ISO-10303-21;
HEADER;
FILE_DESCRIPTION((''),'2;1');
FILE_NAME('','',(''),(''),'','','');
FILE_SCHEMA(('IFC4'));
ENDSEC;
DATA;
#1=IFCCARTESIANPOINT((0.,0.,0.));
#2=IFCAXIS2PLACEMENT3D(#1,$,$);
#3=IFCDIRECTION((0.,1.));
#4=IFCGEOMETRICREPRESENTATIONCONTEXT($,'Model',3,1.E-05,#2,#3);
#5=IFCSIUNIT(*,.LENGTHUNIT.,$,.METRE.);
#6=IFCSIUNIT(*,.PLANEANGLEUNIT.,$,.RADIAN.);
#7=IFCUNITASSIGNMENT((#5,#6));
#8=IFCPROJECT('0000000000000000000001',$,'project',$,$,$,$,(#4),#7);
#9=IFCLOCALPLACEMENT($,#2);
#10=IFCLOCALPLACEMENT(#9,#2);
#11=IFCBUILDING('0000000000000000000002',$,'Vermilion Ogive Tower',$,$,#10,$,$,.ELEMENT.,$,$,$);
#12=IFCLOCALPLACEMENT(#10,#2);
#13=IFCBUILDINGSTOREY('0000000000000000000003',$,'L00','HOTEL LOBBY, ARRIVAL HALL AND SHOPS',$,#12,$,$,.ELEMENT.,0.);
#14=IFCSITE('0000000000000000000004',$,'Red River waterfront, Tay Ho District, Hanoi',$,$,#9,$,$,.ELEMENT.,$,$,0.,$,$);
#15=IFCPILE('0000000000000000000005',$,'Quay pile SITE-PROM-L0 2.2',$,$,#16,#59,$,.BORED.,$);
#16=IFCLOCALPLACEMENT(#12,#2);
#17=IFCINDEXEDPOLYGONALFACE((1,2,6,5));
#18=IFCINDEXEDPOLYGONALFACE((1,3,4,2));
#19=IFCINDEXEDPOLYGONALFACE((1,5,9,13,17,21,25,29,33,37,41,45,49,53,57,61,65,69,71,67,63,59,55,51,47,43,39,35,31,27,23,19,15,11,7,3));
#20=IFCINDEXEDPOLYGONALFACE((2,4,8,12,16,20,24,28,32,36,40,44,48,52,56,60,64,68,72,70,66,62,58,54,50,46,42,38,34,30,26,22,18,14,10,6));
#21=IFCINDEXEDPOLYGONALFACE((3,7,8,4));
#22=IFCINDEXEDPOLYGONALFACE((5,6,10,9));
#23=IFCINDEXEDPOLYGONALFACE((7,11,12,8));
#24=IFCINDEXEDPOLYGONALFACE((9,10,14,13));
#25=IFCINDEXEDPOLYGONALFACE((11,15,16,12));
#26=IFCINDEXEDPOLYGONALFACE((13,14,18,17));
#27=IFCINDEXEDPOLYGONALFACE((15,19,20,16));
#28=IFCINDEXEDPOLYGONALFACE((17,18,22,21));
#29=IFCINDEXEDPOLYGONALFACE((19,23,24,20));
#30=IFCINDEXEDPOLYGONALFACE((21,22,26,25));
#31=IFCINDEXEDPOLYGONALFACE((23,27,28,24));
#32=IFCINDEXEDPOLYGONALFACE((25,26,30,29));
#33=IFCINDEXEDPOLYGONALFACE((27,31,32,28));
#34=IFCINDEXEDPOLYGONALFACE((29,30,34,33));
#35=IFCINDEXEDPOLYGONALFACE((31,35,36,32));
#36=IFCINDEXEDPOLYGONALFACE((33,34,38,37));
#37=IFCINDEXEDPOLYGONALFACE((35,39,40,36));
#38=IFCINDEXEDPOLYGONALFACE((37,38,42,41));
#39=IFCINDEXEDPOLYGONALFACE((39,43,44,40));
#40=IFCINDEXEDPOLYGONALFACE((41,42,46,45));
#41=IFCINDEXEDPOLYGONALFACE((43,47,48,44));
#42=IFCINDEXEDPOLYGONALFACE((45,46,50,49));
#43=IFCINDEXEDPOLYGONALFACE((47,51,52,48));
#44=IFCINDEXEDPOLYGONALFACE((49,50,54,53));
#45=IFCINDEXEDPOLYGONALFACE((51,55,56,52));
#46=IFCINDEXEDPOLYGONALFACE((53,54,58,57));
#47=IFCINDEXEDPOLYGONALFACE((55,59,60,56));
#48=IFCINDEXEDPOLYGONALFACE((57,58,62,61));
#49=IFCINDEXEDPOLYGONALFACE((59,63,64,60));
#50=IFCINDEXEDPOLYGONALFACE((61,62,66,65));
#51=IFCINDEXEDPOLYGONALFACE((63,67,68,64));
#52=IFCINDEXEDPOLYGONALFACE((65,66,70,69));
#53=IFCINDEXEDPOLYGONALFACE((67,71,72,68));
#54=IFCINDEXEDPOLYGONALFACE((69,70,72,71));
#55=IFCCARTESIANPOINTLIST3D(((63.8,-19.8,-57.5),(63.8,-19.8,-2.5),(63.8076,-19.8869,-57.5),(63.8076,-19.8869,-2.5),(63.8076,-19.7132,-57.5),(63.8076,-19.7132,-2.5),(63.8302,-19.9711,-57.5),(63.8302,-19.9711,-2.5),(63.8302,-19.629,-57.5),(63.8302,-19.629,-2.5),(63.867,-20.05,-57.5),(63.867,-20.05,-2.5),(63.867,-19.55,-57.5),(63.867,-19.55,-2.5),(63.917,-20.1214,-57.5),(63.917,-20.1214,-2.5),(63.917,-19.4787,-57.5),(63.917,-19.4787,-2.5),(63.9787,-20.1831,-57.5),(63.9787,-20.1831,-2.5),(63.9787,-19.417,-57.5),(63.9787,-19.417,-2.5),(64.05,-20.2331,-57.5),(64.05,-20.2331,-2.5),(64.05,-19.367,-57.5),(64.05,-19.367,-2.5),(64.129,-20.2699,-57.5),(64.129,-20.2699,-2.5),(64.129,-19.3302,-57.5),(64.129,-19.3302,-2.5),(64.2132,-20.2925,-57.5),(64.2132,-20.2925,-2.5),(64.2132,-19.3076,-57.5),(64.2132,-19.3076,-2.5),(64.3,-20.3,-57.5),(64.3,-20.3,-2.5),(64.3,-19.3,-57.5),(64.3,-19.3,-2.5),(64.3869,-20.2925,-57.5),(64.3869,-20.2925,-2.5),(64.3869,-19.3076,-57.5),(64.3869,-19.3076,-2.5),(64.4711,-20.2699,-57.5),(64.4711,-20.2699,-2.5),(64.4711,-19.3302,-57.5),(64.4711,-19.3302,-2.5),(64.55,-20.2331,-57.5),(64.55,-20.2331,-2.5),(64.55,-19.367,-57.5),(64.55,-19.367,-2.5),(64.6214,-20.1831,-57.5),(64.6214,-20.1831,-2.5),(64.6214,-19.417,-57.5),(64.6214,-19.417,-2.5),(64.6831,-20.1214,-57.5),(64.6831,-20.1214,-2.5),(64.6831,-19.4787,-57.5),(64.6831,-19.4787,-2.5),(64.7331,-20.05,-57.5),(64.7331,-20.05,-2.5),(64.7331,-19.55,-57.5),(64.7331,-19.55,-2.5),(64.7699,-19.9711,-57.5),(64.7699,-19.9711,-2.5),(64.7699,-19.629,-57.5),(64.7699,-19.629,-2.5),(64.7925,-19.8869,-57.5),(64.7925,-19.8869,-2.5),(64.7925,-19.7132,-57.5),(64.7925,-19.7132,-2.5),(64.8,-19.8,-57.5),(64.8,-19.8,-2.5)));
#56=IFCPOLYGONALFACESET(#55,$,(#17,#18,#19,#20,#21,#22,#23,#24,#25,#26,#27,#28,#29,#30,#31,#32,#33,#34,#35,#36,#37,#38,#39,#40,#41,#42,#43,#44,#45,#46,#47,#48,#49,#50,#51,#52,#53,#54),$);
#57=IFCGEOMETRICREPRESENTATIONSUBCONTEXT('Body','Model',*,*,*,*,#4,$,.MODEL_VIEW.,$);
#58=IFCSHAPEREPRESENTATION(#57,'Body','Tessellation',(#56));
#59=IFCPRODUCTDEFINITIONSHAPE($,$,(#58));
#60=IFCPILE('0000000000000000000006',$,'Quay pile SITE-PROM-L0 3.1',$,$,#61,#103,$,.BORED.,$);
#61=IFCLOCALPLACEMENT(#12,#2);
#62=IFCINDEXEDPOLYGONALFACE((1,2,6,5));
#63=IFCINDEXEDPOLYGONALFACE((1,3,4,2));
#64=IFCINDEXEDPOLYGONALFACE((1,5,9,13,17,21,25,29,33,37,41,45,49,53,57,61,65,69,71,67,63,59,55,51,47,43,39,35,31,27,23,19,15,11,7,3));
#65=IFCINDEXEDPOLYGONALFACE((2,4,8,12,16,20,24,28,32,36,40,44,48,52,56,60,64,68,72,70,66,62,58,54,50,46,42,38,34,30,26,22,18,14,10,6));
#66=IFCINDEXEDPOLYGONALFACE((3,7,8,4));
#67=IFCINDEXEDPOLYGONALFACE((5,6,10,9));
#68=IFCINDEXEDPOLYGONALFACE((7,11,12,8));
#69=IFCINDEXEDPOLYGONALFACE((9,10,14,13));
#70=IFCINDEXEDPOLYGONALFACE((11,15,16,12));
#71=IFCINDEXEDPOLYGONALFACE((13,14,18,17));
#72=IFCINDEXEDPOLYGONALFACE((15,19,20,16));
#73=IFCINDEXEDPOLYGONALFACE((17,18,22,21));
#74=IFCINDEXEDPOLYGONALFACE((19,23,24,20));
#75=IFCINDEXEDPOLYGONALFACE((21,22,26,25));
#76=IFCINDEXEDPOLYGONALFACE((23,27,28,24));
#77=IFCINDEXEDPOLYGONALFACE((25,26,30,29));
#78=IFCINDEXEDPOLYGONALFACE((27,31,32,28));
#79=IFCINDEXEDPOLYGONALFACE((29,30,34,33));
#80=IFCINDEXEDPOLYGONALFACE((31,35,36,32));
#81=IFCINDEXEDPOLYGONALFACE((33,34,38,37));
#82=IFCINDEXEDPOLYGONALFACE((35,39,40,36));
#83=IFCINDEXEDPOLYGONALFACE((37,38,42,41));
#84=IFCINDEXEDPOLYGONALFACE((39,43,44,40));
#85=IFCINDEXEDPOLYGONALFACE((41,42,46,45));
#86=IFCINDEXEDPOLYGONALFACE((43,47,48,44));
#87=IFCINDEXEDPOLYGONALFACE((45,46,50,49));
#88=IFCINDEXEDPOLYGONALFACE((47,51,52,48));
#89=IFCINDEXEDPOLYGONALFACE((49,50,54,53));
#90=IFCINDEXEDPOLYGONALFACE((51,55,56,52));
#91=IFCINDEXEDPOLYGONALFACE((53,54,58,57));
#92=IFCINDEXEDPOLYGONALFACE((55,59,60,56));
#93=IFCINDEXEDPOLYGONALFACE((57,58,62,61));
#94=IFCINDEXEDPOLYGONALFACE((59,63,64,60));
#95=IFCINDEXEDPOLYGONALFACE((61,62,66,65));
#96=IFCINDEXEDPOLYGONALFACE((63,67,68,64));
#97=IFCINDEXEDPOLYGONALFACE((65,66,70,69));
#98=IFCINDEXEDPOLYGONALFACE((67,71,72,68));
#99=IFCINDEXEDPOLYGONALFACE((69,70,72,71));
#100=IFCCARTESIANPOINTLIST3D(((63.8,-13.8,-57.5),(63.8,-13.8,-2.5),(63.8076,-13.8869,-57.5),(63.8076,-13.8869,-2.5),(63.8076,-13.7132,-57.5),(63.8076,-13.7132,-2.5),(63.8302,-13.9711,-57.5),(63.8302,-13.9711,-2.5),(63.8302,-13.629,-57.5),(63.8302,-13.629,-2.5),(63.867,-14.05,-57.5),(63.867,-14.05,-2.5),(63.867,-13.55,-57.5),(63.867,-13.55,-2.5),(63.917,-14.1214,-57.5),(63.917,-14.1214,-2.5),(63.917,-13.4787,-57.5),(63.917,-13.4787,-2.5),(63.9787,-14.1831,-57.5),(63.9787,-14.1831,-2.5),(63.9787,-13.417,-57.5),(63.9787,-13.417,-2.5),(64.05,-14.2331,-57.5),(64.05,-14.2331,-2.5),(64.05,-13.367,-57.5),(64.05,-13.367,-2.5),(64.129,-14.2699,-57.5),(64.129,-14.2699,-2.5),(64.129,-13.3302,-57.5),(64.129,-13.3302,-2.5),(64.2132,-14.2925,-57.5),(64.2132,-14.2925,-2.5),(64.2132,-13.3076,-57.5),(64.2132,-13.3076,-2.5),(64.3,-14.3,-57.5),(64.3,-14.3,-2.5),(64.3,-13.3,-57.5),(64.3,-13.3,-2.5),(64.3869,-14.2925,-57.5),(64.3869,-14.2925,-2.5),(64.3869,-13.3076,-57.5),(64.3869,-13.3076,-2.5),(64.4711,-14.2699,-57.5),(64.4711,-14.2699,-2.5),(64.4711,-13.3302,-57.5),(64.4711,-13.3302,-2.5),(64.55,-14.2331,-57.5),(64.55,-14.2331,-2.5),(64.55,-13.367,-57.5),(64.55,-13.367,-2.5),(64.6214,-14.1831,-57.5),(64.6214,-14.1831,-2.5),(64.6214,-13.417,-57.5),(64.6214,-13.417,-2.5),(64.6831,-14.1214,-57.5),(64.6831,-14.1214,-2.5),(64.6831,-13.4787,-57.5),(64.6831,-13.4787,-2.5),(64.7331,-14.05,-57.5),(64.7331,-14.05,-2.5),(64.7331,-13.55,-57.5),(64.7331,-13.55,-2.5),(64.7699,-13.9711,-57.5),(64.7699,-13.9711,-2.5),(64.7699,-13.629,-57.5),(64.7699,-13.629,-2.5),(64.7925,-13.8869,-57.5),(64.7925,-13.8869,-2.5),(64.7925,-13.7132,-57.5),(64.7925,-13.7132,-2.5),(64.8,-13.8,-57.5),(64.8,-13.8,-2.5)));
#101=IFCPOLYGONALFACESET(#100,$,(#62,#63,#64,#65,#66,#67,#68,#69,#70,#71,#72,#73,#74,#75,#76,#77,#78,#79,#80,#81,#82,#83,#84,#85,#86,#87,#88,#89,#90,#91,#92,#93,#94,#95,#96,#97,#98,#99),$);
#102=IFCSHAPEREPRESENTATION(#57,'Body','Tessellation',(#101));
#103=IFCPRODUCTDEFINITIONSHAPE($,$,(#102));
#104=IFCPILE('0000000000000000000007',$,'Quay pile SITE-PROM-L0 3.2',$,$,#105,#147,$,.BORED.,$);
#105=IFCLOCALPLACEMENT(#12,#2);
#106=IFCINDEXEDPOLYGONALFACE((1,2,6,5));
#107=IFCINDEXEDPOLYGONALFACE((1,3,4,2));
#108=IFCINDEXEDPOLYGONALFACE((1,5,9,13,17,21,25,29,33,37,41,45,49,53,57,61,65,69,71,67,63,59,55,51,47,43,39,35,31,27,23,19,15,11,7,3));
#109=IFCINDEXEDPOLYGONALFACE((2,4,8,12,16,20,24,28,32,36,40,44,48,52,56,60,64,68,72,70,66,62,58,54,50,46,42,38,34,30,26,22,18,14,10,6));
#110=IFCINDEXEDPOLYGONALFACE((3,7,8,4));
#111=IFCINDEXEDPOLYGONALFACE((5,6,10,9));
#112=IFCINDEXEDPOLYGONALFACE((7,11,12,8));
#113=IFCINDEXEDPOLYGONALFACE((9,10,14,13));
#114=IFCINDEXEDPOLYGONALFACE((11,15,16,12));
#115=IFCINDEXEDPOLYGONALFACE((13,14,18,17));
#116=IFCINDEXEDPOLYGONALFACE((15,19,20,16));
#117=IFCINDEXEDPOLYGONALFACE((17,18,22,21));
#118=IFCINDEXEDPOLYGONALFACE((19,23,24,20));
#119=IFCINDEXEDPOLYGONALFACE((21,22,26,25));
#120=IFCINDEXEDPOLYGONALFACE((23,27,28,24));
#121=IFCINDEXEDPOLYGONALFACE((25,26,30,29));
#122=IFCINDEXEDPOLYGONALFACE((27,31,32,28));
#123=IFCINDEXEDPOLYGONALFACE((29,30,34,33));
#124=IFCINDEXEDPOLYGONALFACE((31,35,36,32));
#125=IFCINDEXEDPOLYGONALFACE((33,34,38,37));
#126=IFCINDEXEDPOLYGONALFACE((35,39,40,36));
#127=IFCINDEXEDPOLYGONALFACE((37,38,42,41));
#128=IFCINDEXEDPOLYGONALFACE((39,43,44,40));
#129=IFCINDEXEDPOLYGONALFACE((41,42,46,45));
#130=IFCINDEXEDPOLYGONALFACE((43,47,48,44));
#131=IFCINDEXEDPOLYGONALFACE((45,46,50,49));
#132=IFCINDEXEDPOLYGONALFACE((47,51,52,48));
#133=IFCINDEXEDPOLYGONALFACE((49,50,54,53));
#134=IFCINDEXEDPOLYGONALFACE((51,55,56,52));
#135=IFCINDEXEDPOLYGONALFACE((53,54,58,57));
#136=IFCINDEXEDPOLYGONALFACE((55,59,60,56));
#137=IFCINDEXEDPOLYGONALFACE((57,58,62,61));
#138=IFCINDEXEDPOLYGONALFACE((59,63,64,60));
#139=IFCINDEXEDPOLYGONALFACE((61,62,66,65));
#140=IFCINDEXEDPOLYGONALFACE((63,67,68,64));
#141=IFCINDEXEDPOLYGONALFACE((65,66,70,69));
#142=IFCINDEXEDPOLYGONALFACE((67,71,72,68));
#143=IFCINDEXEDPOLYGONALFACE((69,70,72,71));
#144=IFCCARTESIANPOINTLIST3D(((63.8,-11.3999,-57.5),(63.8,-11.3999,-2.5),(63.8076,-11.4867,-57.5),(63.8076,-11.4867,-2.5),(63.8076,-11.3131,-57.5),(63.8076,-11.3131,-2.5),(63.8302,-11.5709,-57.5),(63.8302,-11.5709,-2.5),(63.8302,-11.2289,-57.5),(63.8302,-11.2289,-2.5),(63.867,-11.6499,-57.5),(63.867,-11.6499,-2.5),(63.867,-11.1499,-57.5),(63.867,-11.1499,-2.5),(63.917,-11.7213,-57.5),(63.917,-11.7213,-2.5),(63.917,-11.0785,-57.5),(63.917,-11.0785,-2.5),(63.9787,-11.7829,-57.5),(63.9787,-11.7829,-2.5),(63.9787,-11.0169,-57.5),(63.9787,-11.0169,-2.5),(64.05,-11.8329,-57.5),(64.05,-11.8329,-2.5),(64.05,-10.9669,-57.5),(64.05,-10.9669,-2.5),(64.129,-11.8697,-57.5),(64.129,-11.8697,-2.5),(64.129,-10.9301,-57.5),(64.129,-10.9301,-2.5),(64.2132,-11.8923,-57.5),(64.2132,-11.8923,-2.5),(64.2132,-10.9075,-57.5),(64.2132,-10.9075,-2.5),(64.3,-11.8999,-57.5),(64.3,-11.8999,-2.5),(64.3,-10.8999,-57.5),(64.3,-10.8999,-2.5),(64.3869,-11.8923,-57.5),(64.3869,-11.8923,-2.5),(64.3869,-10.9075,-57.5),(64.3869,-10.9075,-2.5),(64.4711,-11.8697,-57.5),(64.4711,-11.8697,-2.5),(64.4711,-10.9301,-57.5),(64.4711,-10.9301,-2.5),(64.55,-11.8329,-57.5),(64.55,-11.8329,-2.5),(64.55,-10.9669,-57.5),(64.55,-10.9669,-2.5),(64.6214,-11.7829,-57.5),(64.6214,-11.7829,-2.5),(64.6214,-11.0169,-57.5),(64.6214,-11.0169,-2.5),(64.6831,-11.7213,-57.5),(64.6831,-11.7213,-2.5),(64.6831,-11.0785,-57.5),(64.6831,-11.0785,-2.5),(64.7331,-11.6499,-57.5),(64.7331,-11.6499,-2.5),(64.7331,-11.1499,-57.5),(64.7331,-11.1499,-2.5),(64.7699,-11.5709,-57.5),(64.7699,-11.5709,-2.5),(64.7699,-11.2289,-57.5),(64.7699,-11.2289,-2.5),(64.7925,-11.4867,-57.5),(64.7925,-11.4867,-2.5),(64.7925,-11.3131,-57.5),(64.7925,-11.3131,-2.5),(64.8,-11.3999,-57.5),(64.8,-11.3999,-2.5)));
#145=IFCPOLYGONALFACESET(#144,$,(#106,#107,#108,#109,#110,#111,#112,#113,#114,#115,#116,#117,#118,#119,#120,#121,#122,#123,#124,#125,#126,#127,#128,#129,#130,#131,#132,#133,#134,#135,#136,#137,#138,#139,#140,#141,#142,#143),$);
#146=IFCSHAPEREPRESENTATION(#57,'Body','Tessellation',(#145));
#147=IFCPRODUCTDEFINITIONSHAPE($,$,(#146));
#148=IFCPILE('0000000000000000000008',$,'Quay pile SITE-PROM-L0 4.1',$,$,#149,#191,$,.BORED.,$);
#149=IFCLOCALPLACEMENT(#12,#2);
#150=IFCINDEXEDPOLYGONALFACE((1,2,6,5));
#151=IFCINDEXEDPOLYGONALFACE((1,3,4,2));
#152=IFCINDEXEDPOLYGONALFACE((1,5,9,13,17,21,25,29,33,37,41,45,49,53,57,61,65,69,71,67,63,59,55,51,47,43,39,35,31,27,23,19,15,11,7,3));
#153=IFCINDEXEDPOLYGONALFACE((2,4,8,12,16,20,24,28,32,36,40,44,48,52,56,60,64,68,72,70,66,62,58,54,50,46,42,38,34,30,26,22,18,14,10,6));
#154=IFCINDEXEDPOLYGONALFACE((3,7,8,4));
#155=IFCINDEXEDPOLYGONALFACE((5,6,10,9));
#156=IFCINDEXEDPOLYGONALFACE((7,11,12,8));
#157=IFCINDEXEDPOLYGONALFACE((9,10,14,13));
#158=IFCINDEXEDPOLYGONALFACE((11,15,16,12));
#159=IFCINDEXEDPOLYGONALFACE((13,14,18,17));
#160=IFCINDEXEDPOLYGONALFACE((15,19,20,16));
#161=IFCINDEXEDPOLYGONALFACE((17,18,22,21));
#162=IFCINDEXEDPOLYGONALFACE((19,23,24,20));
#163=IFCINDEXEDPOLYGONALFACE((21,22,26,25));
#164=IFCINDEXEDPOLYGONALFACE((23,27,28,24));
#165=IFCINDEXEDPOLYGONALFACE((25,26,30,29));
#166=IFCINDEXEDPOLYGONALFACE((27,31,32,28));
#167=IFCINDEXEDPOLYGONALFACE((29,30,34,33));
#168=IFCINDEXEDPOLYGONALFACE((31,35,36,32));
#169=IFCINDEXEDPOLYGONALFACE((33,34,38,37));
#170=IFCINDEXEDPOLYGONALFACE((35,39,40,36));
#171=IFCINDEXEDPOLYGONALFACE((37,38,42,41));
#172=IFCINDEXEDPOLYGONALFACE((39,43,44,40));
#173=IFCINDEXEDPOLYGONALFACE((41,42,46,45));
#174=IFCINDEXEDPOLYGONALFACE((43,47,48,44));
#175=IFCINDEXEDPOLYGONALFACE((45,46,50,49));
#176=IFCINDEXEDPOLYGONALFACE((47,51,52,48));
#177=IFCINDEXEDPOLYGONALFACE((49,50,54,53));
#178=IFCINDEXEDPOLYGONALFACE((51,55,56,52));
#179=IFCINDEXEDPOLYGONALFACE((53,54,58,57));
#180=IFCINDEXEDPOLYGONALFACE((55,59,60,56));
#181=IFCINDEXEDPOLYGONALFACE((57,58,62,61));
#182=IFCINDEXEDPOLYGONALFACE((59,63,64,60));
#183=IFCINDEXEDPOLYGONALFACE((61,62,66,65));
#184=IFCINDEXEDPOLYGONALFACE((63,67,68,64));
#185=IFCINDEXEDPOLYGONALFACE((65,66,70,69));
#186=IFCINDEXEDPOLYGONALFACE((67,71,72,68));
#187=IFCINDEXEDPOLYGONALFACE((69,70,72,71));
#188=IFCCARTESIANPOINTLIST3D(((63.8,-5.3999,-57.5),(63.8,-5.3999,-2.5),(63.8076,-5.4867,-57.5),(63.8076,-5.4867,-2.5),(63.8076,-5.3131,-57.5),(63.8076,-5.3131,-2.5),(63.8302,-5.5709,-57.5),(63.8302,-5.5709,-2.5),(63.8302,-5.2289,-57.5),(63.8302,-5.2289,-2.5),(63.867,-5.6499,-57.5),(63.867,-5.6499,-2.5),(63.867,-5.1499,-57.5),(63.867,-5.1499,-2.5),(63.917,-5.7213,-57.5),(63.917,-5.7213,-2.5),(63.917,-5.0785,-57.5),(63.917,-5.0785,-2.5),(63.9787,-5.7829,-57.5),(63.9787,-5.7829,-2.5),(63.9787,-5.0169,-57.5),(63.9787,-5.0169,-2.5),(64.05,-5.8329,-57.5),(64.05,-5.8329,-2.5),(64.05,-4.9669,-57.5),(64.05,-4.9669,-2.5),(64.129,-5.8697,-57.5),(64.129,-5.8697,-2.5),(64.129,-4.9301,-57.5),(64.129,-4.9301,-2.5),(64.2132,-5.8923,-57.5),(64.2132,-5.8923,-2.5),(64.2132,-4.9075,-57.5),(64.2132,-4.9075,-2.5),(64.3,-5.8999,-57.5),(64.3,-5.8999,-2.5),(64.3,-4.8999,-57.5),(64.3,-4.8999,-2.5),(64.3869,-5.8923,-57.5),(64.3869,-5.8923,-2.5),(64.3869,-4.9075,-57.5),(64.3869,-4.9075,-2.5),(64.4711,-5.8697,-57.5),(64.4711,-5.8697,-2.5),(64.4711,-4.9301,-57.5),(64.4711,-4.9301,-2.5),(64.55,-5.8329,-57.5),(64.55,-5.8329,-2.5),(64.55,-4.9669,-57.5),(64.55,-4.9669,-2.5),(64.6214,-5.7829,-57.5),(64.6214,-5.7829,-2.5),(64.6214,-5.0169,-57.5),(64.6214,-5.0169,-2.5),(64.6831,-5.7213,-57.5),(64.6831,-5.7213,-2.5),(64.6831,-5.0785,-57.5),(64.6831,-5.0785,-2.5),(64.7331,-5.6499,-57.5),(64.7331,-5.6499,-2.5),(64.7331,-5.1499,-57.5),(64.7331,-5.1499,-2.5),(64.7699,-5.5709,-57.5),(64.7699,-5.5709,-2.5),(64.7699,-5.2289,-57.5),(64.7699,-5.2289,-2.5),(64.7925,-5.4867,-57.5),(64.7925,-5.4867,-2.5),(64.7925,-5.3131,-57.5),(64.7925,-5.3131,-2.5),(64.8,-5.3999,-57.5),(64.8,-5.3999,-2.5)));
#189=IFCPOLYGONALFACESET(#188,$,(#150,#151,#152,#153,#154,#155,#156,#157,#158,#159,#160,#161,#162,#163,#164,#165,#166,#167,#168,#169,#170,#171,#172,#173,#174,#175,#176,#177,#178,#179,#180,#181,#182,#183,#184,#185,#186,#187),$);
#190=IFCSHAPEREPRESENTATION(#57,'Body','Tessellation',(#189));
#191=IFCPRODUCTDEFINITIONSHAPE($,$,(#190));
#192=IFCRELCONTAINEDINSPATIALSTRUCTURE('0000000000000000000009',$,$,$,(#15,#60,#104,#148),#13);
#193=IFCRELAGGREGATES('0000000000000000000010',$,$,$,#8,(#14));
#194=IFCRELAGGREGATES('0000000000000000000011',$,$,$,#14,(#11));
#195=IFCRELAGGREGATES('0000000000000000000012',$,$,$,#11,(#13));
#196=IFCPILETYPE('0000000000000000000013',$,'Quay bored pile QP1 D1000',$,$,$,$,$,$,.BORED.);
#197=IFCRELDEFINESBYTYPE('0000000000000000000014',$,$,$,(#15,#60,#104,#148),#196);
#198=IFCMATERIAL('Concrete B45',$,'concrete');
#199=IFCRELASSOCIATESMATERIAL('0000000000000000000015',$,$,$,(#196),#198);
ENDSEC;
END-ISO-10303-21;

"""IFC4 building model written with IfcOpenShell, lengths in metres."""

from ifc_helpers import new_model, si_unit, direction, frame, origin, origin_2d, place, context, subcontext, project, spatial, circle, extrude, material, type_object, element, save


model = new_model("IFC4")

# Units and contexts
model_context = context("Model", 3, precision=1e-05, world=origin(), true_north=direction((0.0, 1.0)))
body_context = subcontext(model_context, "Body", "Model", "MODEL_VIEW")
ifc_project = project(units=[si_unit("LENGTHUNIT", "METRE"), si_unit("PLANEANGLEUNIT", "RADIAN")], contexts=[model_context])

# Site, building, storey
site_placement = place(None, origin())
site = spatial("IfcSite", under=ifc_project, at=site_placement, Name="Red River waterfront, Tay Ho District, Hanoi", CompositionType="ELEMENT", RefElevation=0.0)
building_placement = place(site_placement, origin())
building = spatial("IfcBuilding", under=site, at=building_placement, Name="Vermilion Ogive Tower", CompositionType="ELEMENT")
storey_placement = place(building_placement, origin())
storey = spatial("IfcBuildingStorey", under=building, at=storey_placement, Name="L00", Description="HOTEL LOBBY, ARRIVAL HALL AND SHOPS", CompositionType="ELEMENT", Elevation=0.0)

# Piles
ifc_material_1 = material(Name="Concrete B45", Category="concrete")
pile_type = type_object("IfcPileType", Name="Quay bored pile QP1 D1000", PredefinedType="BORED", material=ifc_material_1)
for number, where, z_axis, x_axis, name in (
    (1, (64.3, -19.8, -2.5), (0.0, 0.0, -1.0), (1.0, 0.0, 0.0), "Quay pile SITE-PROM-L0 2.2"),
    (2, (64.3, -13.8, -2.5), (0.0, 0.0, -1.0), (1.0, 0.0, 0.0), "Quay pile SITE-PROM-L0 3.1"),
    (3, (64.3, -11.3999, -2.5), (0.0, 0.0, -1.0), (1.0, 0.0, 0.0), "Quay pile SITE-PROM-L0 3.2"),
    (4, (64.3, -5.3999, -2.5), (0.0, 0.0, -1.0), (1.0, 0.0, 0.0), "Quay pile SITE-PROM-L0 4.1"),
):
    element("IfcPile", number, at=place(storey_placement, frame(where, z_axis=z_axis, x_axis=x_axis)), inside=storey, type_object=pile_type, Name=name, PredefinedType="BORED", context=body_context, shape_type="SweptSolid", body=[
        extrude(circle(Radius=0.5, at=origin_2d()), origin(), (0.0, 0.0, 1.0), 55.0),
    ])

save(model, "model.ifc")
